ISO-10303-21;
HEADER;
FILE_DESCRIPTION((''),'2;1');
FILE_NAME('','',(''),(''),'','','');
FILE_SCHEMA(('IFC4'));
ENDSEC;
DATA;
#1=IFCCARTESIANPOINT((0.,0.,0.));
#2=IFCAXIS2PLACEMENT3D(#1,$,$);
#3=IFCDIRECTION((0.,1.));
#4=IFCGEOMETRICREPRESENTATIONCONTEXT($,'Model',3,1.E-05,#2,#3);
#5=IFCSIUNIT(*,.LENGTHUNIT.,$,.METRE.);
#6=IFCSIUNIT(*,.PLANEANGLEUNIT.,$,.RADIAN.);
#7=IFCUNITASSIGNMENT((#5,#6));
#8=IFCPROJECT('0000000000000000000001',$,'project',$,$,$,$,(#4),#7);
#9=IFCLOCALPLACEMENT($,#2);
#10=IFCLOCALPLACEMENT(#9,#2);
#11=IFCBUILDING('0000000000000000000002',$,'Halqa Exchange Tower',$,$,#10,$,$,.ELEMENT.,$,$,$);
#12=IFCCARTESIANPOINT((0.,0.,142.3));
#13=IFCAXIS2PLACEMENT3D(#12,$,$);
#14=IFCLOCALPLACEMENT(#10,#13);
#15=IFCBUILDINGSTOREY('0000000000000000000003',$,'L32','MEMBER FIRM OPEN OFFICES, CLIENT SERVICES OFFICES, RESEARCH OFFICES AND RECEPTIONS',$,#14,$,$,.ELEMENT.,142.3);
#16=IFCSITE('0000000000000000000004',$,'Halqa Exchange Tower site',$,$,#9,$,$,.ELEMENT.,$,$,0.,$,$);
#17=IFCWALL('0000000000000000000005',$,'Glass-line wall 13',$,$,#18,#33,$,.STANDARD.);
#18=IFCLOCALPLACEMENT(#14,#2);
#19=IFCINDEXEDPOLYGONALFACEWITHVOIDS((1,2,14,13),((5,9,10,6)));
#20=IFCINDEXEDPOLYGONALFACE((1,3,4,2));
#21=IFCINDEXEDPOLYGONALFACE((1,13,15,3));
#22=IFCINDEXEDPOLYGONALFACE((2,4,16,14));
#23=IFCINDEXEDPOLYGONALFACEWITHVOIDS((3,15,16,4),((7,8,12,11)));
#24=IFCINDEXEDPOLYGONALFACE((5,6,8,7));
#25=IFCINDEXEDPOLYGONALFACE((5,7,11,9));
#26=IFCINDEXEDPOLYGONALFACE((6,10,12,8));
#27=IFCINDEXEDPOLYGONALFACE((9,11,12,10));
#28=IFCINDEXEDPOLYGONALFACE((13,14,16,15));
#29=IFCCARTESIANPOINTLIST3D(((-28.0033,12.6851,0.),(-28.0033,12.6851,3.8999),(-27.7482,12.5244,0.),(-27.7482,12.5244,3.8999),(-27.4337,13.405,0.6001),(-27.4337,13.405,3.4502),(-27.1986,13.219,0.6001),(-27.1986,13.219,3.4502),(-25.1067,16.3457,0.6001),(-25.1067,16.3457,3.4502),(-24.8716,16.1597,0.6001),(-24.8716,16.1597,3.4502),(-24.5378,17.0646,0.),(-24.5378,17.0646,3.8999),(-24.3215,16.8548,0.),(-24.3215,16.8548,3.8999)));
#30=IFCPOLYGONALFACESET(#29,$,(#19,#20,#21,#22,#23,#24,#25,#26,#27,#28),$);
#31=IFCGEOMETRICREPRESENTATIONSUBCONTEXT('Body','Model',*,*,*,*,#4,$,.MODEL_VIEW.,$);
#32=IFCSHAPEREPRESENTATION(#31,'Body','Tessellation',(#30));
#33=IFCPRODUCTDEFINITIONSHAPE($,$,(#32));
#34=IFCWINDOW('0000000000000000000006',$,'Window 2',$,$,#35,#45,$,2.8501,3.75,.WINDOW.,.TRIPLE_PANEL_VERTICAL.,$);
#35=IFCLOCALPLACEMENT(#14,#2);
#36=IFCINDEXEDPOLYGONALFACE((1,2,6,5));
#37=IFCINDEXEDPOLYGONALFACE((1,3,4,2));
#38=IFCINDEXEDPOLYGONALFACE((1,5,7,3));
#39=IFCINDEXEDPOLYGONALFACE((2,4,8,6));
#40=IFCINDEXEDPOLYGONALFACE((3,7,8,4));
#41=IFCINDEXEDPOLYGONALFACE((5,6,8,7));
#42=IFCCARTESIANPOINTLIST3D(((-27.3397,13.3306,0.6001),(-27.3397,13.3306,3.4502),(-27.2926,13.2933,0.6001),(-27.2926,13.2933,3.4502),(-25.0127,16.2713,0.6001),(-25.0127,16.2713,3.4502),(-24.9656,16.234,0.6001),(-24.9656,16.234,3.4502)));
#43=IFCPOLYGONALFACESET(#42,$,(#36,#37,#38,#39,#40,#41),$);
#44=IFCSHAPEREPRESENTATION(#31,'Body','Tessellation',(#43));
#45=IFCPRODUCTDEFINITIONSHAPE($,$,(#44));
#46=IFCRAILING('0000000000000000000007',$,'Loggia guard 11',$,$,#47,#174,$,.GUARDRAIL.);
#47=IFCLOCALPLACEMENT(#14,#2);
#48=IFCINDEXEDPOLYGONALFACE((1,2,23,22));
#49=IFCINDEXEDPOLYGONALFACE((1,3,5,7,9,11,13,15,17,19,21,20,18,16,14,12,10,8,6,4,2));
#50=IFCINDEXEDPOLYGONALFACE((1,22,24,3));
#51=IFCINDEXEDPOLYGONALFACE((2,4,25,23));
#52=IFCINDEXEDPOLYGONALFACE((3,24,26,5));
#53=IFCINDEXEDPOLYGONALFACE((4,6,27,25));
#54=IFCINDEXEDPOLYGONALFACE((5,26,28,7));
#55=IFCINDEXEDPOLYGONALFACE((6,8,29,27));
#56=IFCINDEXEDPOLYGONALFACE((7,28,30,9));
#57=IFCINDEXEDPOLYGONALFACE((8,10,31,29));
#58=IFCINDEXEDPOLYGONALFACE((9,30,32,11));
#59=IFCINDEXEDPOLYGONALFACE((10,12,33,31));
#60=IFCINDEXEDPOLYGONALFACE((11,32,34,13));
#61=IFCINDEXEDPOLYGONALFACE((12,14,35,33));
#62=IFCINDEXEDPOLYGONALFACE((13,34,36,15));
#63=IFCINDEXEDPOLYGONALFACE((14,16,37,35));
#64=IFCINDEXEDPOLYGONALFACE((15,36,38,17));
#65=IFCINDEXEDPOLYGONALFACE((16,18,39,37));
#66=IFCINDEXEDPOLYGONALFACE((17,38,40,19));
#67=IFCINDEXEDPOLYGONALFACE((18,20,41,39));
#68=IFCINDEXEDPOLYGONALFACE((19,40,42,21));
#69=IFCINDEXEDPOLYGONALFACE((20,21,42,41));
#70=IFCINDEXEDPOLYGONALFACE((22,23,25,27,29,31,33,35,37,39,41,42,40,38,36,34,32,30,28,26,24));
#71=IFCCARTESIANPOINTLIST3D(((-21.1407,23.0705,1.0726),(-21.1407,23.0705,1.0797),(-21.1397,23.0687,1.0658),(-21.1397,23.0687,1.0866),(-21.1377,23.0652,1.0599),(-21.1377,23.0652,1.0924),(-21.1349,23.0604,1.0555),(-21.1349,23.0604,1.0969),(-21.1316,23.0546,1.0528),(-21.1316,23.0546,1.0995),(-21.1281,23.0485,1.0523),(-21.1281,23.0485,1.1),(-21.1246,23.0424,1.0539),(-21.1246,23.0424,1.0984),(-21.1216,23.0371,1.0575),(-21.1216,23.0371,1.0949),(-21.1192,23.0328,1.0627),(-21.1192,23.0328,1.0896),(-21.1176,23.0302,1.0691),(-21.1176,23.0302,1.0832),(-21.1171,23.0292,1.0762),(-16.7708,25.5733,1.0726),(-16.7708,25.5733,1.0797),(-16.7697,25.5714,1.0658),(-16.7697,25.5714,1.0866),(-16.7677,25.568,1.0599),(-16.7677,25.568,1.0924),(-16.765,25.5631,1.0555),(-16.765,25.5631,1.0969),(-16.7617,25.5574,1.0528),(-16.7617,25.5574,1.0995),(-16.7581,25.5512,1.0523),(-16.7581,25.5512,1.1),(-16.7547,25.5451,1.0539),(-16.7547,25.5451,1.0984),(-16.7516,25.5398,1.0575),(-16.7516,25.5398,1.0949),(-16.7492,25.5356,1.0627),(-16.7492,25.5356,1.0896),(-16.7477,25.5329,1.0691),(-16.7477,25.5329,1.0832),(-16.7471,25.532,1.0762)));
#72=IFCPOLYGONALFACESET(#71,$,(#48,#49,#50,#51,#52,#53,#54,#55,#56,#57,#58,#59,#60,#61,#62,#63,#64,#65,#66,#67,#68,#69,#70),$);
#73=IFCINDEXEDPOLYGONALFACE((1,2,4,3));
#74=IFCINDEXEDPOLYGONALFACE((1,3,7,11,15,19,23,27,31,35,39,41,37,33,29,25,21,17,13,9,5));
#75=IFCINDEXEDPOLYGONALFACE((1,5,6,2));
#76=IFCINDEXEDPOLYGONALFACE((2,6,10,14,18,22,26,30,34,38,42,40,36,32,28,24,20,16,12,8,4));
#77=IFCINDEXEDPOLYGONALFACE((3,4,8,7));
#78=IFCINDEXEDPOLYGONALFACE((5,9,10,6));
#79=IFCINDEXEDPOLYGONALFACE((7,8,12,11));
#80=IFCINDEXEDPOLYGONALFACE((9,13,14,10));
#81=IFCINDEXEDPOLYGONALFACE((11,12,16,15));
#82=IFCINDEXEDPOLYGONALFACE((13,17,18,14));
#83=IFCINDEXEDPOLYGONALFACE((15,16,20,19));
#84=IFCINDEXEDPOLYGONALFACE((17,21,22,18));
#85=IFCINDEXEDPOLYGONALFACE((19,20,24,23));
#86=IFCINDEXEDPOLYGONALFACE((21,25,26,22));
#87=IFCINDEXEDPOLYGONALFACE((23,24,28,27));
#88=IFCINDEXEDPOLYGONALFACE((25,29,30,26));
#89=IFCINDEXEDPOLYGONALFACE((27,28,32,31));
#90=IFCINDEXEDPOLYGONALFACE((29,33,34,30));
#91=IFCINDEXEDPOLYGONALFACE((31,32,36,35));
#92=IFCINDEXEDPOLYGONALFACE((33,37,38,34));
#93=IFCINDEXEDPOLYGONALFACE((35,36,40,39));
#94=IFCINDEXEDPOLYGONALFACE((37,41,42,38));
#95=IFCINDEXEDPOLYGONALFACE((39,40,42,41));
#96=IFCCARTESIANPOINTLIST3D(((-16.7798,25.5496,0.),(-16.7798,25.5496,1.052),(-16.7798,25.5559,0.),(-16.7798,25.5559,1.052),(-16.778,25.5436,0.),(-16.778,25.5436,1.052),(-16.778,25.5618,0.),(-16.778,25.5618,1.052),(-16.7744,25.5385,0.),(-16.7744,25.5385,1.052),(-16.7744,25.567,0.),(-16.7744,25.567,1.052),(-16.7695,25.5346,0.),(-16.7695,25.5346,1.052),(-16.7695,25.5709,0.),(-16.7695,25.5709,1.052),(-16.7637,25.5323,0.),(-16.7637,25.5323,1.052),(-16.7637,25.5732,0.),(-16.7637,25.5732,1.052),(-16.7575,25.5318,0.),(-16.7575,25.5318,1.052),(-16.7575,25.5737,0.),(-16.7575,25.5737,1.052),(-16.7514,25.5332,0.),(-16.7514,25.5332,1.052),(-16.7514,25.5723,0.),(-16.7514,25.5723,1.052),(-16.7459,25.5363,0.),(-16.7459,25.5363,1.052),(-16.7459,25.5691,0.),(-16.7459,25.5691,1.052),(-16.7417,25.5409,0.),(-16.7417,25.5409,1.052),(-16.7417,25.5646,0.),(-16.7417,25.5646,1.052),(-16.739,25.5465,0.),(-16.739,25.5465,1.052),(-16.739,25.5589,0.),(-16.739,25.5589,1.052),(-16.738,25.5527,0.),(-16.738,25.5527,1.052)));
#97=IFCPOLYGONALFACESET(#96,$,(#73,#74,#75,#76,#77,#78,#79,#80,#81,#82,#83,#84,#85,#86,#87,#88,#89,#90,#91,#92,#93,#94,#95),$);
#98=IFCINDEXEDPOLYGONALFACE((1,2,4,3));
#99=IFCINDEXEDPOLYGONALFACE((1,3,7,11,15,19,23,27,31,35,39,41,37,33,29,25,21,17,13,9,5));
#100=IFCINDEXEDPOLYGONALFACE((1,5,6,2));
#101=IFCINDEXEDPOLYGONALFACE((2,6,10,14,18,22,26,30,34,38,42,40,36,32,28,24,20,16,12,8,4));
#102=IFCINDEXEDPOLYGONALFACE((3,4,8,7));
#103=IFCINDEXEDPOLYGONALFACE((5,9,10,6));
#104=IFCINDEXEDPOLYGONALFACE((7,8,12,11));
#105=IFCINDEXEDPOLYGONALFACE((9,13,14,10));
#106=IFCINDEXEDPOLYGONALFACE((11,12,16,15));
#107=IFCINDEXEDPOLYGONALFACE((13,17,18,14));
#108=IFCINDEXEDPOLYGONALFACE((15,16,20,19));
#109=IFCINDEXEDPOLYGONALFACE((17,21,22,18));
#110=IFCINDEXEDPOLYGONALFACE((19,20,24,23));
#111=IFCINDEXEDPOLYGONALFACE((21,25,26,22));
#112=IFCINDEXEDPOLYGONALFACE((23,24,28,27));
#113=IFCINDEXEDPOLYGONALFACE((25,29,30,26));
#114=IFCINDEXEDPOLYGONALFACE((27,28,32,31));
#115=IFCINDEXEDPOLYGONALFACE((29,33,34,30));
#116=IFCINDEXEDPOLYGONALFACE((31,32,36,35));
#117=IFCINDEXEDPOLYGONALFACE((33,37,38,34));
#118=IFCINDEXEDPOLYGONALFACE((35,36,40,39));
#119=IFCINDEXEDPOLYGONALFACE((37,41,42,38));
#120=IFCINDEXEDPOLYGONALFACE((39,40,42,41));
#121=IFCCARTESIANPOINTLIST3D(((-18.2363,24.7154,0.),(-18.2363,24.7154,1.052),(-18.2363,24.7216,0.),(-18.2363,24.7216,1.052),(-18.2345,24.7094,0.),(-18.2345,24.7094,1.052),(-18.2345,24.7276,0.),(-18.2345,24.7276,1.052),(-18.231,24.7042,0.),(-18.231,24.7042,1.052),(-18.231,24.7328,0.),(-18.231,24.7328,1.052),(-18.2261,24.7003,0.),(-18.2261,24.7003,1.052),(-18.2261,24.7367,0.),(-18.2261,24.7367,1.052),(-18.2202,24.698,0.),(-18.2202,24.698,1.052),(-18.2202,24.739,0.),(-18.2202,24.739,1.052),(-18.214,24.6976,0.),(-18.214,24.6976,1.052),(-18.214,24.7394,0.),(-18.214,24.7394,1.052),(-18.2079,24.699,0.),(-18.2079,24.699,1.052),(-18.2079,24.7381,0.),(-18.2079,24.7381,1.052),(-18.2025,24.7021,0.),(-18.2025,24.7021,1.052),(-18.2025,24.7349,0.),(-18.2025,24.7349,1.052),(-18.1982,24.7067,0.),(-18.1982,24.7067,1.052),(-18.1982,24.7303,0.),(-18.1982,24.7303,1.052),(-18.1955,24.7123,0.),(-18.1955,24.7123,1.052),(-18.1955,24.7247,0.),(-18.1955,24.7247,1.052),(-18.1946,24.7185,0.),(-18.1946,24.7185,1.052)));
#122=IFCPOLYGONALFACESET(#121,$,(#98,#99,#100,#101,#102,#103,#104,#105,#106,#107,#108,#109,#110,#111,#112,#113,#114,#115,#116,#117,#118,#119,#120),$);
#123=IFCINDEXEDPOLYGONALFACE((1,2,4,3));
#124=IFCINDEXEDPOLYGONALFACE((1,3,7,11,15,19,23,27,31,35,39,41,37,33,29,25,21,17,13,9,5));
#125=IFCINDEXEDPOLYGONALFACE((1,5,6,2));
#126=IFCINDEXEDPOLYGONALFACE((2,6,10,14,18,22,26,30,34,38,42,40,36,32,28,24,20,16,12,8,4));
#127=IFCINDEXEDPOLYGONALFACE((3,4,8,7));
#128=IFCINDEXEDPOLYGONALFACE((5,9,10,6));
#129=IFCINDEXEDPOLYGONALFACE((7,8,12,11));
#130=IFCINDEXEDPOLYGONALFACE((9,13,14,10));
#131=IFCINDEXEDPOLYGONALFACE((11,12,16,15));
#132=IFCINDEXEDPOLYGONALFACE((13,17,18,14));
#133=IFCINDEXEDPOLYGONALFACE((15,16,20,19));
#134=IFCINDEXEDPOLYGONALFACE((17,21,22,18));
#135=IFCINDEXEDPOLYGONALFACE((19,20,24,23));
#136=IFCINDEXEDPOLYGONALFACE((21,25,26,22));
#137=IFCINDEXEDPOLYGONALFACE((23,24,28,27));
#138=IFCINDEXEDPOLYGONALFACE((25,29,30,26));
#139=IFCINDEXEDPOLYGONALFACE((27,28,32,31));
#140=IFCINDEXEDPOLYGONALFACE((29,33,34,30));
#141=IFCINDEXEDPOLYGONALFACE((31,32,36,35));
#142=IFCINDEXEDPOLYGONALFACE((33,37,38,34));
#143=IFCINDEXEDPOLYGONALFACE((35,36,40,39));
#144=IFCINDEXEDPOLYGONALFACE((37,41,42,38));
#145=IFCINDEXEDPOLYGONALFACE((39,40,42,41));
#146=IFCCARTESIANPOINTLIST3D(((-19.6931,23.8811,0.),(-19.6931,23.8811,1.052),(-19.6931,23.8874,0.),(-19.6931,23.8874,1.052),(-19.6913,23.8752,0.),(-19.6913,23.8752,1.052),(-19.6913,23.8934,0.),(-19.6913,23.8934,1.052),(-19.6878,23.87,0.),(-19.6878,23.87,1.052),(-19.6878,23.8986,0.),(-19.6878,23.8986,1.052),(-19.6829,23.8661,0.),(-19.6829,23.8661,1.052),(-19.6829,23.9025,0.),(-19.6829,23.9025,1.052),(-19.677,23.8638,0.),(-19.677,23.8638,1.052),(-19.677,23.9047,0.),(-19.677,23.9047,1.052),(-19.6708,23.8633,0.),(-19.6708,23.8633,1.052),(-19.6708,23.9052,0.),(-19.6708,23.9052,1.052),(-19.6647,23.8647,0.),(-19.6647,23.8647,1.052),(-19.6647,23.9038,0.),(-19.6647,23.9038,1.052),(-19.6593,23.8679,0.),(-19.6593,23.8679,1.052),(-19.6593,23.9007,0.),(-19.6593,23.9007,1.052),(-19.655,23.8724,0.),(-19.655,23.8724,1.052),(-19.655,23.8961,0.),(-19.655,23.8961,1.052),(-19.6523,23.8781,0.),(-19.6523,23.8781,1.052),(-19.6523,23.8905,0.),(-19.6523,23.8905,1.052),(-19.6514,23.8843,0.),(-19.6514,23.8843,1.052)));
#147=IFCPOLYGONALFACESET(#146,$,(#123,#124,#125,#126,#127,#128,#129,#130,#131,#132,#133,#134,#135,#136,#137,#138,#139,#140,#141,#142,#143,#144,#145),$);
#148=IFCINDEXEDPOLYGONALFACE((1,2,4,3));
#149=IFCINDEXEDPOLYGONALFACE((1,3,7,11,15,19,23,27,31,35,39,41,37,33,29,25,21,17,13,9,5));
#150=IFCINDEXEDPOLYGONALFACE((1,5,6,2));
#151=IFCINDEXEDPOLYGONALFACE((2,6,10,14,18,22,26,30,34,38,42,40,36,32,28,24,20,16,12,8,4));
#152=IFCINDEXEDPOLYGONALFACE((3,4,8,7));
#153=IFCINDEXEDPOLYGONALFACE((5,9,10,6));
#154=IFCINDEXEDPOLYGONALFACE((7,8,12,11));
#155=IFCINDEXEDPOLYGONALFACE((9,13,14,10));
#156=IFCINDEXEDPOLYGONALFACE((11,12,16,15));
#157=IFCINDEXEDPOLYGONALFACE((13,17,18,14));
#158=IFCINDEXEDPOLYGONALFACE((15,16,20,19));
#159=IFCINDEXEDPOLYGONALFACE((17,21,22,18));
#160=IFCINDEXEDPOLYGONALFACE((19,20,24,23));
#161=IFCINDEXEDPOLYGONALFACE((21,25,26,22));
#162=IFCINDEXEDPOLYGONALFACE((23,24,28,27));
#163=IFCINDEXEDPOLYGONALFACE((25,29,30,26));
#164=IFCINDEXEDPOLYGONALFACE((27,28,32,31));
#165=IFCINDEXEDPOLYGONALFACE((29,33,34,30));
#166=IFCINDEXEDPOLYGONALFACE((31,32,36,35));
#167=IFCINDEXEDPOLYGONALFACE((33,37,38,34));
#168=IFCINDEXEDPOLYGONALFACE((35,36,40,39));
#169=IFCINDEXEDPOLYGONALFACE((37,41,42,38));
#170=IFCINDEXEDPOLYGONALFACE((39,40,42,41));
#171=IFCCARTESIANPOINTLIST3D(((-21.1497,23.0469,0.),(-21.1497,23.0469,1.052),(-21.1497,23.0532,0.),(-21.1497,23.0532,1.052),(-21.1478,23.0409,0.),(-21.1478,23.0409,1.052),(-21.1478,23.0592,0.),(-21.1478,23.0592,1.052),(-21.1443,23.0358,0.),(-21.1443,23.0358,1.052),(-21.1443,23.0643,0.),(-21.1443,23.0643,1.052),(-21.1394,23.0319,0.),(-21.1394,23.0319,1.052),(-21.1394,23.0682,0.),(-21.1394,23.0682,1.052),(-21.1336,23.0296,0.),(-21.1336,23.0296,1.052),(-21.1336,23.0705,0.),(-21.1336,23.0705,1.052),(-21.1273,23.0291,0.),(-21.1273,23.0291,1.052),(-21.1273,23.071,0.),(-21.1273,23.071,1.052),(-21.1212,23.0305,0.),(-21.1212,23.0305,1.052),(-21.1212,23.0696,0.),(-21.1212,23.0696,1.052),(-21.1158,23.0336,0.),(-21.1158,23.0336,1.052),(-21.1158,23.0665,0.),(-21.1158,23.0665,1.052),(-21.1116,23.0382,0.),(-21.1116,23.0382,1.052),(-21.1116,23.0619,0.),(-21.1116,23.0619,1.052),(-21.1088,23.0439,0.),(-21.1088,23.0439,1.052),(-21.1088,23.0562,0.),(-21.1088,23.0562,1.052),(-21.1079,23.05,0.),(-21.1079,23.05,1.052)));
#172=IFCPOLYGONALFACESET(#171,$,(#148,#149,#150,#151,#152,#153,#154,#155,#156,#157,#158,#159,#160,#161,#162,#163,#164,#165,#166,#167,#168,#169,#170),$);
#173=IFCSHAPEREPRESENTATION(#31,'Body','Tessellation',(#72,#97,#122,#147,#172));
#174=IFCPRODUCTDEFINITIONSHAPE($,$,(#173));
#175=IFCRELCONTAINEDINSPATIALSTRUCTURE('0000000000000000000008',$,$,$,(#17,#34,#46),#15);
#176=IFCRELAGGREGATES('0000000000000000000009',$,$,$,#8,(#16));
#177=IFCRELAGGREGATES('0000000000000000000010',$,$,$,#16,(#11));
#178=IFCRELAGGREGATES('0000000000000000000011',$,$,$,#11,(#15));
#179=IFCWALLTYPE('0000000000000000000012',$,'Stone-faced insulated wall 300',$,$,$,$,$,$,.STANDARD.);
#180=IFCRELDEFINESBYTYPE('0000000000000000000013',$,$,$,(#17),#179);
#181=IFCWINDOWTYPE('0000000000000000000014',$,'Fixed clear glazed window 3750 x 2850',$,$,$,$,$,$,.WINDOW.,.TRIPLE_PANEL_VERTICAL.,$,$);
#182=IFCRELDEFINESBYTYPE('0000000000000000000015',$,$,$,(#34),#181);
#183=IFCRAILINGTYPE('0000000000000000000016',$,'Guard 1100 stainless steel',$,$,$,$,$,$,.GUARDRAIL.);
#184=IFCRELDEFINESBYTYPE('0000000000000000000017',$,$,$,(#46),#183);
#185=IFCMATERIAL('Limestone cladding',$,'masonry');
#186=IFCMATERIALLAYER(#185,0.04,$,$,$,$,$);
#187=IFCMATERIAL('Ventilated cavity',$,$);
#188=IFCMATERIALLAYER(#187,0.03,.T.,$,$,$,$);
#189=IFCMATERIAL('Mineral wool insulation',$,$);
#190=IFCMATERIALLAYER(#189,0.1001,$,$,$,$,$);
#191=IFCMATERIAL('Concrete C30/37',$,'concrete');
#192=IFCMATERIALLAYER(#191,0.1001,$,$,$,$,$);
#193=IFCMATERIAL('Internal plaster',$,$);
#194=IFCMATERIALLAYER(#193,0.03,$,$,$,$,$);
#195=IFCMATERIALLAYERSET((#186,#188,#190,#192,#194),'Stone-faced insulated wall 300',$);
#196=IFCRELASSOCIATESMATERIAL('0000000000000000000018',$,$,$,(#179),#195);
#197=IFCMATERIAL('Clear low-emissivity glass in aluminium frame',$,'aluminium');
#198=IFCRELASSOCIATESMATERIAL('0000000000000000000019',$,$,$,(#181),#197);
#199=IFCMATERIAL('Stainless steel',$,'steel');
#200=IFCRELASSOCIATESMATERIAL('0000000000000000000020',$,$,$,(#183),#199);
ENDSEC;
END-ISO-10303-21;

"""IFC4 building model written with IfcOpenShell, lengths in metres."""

from ifc_helpers import new_model, si_unit, direction, frame, frame_2d, origin, origin_2d, place, context, subcontext, project, spatial, polyline, rectangle, circle, outline, extrude, material, layer, layer_set, type_object, element, fill, save


model = new_model("IFC4")

# Units and contexts
model_context = context("Model", 3, precision=1e-05, world=origin(), true_north=direction((0.0, 1.0)))
body_context = subcontext(model_context, "Body", "Model", "MODEL_VIEW")
ifc_project = project(units=[si_unit("LENGTHUNIT", "METRE"), si_unit("PLANEANGLEUNIT", "RADIAN")], contexts=[model_context])

# Site, building, storey
site_placement = place(None, origin())
site = spatial("IfcSite", under=ifc_project, at=site_placement, Name="Halqa Exchange Tower site", CompositionType="ELEMENT", RefElevation=0.0)
building_placement = place(site_placement, origin())
building = spatial("IfcBuilding", under=site, at=building_placement, Name="Halqa Exchange Tower", CompositionType="ELEMENT")
storey_placement = place(building_placement, frame((0.0, 0.0, 142.3)))
storey = spatial("IfcBuildingStorey", under=building, at=storey_placement, Name="L32", Description="MEMBER FIRM OPEN OFFICES, CLIENT SERVICES OFFICES, RESEARCH OFFICES AND RECEPTIONS", CompositionType="ELEMENT", Elevation=142.3)

# Shared definitions
ifc_material_1 = material(Name="Limestone cladding", Category="masonry")
ifc_layer_1 = layer(ifc_material_1, 0.04)
ifc_material_2 = material(Name="Ventilated cavity")
ifc_layer_2 = layer(ifc_material_2, 0.03, ventilated=True)
ifc_material_3 = material(Name="Mineral wool insulation")
ifc_layer_3 = layer(ifc_material_3, 0.1001)
ifc_material_4 = material(Name="Concrete C30/37", Category="concrete")
ifc_layer_4 = layer(ifc_material_4, 0.1001)
ifc_material_5 = material(Name="Internal plaster")
ifc_layer_5 = layer(ifc_material_5, 0.03)
ifc_layer_set_1 = layer_set([ifc_layer_1, ifc_layer_2, ifc_layer_3, ifc_layer_4, ifc_layer_5], Name="Stone-faced insulated wall 300")
wall_type_1 = type_object("IfcWallType", Name="Stone-faced insulated wall 300", PredefinedType="STANDARD", material=ifc_layer_set_1)
ifc_material_6 = material(Name="Clear low-emissivity glass in aluminium frame", Category="aluminium")
window_type = type_object("IfcWindowType", Name="Fixed clear glazed window 3750 x 2850", PartitioningType="TRIPLE_PANEL_VERTICAL", PredefinedType="WINDOW", material=ifc_material_6)

# Wall, opening, window
wall_1_placement = place(storey_placement, frame((-24.4297, 16.9597, 0.0), z_axis=(0.0, 0.0, 1.0), x_axis=(-0.620521, -0.78419, 0.0)))
wall_1 = element("IfcWall", 1, at=wall_1_placement, inside=storey, type_object=wall_type_1, Name="Glass-line wall 13", PredefinedType="STANDARD", context=body_context, shape_type="SweptSolid", body=[
    extrude(outline(polyline([(-0.0151, -0.1499), (5.5696, -0.1499), (5.5374, 0.1499), (0.0151, 0.1499), (-0.0151, -0.1499)])), origin(), (0.0, 0.0, 1.0), 3.8999),
])
opening_1_placement = place(wall_1_placement, frame((0.9016, 0.0, 0.6001)))
opening_1 = element("IfcOpeningElement", 2, at=opening_1_placement, cuts=wall_1, PredefinedType="OPENING", context=body_context, shape_type="SweptSolid", body=[
    extrude(rectangle(XDim=3.75, YDim=2.8501, at=frame_2d((1.875, 1.425))), frame((0.0, 0.1621, 0.0), z_axis=(0.0, -1.0, 0.0), x_axis=(1.0, 0.0, 0.0)), (0.0, 0.0, 1.0), 0.324),
])
window_1_placement = place(opening_1_placement, origin())
window_1 = element("IfcWindow", 3, at=window_1_placement, inside=storey, type_object=window_type, Name="Window 2", OverallHeight=2.8501, OverallWidth=3.75, PartitioningType="TRIPLE_PANEL_VERTICAL", PredefinedType="WINDOW", context=body_context, shape_type="SweptSolid", body=[
    extrude(rectangle(XDim=3.75, YDim=2.8501, at=frame_2d((1.875, 1.425))), frame((0.0, 0.03, 0.0), z_axis=(0.0, -1.0, 0.0), x_axis=(1.0, 0.0, 0.0)), (0.0, 0.0, 1.0), 0.0601),
])
fill(opening_1, window_1)

# Railing
ifc_material_7 = material(Name="Stainless steel", Category="steel")
railing_type = type_object("IfcRailingType", Name="Guard 1100 stainless steel", PredefinedType="GUARDRAIL", material=ifc_material_7)
railing_1_placement = place(storey_placement, frame((-16.759, 25.5527, 0.0)))
element("IfcRailing", 4, at=railing_1_placement, inside=storey, type_object=railing_type, Name="Loggia guard 11", PredefinedType="GUARDRAIL", context=body_context, shape_type="SweptSolid", body=[
    extrude(circle(Radius=0.0239, at=origin_2d()), frame((0.0, 0.0, 1.0762), z_axis=(-0.867762, -0.496979, 0.0), x_axis=(0.496979, -0.867762, 0.0)), (0.0, 0.0, 1.0), 5.0359),
    extrude(circle(Radius=0.021, at=origin_2d()), origin(), (0.0, 0.0, 1.0), 1.052),
    extrude(circle(Radius=0.021, at=origin_2d()), frame((-1.4565, -0.8342, 0.0)), (0.0, 0.0, 1.0), 1.052),
    extrude(circle(Radius=0.021, at=origin_2d()), frame((-2.9133, -1.6685, 0.0)), (0.0, 0.0, 1.0), 1.052),
    extrude(circle(Radius=0.021, at=origin_2d()), frame((-4.3699, -2.5027, 0.0)), (0.0, 0.0, 1.0), 1.052),
])

save(model, "model.ifc")
